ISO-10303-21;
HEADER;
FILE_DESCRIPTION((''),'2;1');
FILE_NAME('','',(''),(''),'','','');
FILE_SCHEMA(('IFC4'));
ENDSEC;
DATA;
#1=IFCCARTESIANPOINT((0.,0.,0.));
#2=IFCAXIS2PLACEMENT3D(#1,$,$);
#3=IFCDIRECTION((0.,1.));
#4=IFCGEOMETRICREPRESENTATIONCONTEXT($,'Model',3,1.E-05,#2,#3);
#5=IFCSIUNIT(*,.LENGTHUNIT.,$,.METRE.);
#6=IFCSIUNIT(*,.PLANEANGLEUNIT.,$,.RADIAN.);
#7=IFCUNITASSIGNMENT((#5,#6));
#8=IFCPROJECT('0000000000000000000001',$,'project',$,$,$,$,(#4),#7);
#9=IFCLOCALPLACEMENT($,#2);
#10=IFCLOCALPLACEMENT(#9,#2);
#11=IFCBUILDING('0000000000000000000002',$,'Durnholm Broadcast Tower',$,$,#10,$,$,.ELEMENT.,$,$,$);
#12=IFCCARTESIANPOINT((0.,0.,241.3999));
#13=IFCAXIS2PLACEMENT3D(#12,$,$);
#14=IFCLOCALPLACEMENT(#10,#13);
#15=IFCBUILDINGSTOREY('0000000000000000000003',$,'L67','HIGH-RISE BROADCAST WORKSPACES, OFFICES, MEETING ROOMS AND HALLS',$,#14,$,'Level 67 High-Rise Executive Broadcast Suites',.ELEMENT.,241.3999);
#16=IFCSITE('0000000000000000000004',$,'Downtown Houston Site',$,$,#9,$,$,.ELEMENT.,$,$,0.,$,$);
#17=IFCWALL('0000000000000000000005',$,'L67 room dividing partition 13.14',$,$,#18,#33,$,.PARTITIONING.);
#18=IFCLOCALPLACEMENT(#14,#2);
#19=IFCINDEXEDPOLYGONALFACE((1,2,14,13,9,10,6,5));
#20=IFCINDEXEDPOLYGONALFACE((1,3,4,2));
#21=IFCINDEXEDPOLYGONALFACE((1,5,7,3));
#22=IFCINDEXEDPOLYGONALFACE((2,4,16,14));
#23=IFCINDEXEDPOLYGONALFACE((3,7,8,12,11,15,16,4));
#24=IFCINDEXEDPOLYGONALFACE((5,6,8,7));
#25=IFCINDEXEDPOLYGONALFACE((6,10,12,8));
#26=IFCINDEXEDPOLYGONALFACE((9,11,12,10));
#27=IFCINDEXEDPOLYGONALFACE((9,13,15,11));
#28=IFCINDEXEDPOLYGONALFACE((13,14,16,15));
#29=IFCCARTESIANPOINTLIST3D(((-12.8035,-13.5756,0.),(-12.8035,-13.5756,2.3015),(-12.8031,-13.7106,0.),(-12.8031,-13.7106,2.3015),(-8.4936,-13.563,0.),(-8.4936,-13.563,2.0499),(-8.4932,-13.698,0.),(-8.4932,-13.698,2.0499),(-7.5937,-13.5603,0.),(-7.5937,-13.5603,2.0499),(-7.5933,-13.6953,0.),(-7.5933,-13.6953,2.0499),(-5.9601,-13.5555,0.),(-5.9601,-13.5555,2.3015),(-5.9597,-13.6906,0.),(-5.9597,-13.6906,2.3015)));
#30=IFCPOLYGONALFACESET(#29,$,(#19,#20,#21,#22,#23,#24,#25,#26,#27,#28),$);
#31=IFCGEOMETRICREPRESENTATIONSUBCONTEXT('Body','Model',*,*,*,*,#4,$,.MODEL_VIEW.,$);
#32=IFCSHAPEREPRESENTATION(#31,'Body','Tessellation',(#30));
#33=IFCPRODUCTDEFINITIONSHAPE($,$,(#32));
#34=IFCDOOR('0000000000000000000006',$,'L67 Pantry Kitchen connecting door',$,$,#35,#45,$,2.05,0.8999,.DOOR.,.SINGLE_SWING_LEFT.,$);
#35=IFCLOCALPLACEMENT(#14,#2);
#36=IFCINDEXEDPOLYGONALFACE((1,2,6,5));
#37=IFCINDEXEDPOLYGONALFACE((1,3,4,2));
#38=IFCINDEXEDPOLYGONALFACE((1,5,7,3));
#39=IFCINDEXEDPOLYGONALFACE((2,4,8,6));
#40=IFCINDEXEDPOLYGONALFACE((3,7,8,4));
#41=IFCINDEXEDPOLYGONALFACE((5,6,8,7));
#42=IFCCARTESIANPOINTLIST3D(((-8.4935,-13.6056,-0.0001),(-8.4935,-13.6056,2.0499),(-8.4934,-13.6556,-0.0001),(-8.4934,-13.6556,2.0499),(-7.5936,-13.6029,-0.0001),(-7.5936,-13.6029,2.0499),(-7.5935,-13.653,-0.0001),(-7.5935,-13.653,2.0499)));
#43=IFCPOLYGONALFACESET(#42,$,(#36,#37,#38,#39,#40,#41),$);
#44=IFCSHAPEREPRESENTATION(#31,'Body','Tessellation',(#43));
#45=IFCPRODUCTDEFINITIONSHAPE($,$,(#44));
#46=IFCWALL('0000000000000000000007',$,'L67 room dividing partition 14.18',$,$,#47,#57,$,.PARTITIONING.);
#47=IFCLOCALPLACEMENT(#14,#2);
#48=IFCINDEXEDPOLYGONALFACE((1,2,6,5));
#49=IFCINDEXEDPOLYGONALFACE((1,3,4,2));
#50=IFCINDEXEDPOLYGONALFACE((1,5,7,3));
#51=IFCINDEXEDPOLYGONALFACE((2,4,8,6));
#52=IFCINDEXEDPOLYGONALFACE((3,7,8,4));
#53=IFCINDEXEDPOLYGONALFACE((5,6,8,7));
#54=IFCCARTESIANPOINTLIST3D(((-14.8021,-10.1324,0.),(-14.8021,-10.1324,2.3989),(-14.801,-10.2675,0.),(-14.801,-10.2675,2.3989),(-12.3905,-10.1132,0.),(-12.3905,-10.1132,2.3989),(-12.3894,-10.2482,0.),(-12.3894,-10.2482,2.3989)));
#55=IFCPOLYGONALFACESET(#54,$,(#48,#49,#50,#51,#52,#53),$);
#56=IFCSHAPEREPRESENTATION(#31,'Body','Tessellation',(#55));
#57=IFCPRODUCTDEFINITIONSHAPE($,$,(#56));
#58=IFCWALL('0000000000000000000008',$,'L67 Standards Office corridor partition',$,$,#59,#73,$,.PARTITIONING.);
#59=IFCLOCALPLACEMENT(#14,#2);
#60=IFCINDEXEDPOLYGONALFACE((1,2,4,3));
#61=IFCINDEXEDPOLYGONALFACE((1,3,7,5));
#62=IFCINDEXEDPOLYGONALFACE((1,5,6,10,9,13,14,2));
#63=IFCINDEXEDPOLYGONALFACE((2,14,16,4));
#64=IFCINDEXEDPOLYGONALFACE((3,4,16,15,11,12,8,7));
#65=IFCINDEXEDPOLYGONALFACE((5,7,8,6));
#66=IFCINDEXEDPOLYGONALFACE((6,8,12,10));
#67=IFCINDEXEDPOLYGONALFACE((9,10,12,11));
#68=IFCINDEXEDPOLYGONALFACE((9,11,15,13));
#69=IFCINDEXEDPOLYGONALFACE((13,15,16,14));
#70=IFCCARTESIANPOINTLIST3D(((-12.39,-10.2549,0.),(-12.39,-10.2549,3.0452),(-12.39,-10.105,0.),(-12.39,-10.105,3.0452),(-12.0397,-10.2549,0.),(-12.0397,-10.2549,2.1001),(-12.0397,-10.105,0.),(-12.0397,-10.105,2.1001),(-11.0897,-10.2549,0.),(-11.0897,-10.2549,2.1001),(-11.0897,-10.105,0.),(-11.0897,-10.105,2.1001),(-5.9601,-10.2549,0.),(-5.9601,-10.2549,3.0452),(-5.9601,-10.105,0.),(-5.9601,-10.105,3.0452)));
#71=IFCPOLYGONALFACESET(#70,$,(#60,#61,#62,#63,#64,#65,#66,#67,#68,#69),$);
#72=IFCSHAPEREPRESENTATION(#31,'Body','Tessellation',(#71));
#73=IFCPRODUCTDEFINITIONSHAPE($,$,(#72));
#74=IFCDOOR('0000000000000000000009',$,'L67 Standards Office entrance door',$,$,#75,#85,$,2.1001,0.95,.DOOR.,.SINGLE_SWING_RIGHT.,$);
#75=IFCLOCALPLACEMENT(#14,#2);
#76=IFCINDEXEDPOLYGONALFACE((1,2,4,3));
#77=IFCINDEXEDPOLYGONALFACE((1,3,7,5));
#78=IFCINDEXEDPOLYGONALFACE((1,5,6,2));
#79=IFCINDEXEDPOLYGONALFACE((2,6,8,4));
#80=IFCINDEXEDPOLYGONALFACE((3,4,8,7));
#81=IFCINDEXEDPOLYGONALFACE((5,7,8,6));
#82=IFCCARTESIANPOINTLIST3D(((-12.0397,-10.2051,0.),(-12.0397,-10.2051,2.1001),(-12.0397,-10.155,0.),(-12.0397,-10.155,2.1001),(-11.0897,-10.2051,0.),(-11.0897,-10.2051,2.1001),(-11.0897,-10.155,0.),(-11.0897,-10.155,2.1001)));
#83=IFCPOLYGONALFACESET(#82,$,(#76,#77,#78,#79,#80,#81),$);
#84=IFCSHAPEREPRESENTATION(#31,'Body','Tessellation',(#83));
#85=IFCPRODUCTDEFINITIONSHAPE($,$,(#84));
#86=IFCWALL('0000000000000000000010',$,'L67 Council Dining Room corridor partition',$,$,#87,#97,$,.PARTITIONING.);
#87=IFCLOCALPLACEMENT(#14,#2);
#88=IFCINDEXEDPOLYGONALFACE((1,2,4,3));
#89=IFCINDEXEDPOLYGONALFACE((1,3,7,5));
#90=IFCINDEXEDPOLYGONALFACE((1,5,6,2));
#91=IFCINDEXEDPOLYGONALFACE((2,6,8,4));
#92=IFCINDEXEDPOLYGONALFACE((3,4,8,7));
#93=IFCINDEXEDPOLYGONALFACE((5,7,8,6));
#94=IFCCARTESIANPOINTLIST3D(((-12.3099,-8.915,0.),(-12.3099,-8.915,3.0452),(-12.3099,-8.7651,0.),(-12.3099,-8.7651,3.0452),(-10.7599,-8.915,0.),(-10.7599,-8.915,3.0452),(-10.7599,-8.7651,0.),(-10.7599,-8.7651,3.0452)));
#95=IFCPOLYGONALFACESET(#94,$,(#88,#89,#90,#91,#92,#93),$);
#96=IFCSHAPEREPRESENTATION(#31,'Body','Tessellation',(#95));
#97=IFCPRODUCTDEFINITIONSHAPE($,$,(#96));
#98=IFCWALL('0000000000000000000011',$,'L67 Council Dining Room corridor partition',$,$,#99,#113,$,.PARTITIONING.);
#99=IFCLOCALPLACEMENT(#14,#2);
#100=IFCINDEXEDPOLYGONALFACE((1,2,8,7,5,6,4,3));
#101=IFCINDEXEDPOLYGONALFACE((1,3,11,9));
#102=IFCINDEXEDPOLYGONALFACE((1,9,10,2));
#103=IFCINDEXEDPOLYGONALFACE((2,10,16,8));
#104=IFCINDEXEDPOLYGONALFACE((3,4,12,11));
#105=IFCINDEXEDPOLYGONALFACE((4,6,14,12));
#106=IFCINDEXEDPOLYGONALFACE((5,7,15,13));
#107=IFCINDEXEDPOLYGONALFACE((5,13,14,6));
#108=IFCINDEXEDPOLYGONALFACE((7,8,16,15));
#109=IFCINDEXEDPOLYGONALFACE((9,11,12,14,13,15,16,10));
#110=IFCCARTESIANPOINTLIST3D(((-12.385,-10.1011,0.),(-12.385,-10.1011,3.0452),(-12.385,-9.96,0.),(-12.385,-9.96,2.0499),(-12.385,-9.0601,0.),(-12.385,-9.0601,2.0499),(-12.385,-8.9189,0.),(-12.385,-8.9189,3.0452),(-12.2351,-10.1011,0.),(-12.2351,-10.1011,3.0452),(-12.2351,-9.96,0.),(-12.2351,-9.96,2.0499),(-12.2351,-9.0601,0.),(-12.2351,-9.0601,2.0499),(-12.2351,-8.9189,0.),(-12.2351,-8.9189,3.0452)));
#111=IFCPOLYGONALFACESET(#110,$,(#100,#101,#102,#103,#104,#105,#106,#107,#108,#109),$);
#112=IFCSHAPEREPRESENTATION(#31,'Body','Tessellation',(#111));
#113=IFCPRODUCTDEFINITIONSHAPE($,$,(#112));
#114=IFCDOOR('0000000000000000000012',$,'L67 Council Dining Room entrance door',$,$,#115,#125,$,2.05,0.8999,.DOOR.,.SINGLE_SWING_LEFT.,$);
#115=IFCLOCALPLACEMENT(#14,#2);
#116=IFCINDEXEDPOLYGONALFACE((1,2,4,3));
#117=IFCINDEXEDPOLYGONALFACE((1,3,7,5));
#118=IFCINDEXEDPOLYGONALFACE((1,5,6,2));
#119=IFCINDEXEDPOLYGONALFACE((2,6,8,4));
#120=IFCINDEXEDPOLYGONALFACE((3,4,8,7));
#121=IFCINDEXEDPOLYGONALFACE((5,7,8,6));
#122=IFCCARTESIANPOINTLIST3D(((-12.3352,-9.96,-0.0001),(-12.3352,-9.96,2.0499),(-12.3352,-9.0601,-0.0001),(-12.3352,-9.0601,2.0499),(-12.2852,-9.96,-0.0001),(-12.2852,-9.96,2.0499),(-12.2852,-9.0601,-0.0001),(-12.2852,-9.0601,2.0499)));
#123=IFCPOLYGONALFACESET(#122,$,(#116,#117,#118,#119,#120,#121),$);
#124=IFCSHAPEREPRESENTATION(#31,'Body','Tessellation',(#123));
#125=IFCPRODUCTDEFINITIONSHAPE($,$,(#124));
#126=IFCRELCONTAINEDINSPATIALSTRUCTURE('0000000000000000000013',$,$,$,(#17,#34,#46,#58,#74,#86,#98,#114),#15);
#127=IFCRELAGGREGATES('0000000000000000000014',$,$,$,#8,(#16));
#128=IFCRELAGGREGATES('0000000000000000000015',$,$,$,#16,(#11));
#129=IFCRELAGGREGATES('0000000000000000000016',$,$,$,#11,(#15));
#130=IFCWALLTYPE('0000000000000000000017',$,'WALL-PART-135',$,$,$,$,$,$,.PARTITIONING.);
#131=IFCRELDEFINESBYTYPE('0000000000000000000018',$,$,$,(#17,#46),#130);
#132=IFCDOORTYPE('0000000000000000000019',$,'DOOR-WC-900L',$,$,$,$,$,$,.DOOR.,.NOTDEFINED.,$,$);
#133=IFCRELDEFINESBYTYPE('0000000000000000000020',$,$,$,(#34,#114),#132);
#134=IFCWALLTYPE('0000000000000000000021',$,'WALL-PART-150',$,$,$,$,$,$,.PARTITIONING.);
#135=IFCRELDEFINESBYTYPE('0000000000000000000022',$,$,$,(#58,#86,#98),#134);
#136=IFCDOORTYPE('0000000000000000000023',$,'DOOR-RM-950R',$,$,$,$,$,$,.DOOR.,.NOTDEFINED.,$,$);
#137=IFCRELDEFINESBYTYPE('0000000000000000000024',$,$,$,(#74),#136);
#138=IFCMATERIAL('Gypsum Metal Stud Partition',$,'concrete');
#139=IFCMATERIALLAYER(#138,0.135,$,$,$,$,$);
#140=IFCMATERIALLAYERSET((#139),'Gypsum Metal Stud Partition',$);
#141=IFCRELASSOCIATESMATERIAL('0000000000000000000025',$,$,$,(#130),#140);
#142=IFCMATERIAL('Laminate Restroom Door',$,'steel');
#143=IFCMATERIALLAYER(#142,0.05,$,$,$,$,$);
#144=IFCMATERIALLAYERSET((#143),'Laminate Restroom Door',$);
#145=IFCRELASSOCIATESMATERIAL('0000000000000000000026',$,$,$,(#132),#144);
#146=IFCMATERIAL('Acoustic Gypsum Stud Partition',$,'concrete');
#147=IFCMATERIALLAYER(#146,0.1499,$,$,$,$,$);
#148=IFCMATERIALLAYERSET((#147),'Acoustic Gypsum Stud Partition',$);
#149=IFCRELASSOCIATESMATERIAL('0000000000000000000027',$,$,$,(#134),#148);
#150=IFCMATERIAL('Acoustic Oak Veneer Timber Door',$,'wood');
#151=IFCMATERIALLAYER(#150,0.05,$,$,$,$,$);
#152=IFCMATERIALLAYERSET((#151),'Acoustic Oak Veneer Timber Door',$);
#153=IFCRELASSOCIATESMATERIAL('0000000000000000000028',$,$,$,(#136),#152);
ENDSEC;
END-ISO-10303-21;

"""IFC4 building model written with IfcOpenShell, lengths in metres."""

from ifc_helpers import new_model, si_unit, direction, frame, frame_2d, origin, place, context, subcontext, project, spatial, rectangle, extrude, source, transform, mapped, material, layer, layer_set, type_object, type_shapes, element, fill, save


model = new_model("IFC4")

# Units and contexts
model_context = context("Model", 3, precision=1e-05, world=origin(), true_north=direction((0.0, 1.0)))
body_context = subcontext(model_context, "Body", "Model", "MODEL_VIEW")
ifc_project = project(units=[si_unit("LENGTHUNIT", "METRE"), si_unit("PLANEANGLEUNIT", "RADIAN")], contexts=[model_context])

# Site, building, storey
site_placement = place(None, origin())
site = spatial("IfcSite", under=ifc_project, at=site_placement, Name="Downtown Houston Site", CompositionType="ELEMENT", RefElevation=0.0)
building_placement = place(site_placement, origin())
building = spatial("IfcBuilding", under=site, at=building_placement, Name="Durnholm Broadcast Tower", CompositionType="ELEMENT")
storey_placement = place(building_placement, frame((0.0, 0.0, 241.3999)))
storey = spatial("IfcBuildingStorey", under=building, at=storey_placement, Name="L67", Description="HIGH-RISE BROADCAST WORKSPACES, OFFICES, MEETING ROOMS AND HALLS", LongName="Level 67 High-Rise Executive Broadcast Suites", CompositionType="ELEMENT", Elevation=241.3999)

# Wall, opening, door
ifc_material_1 = material(Name="Gypsum Metal Stud Partition", Category="concrete")
ifc_layer_1 = layer(ifc_material_1, 0.135)
ifc_layer_set_1 = layer_set([ifc_layer_1], Name="Gypsum Metal Stud Partition")
wall_type_1 = type_object("IfcWallType", Name="WALL-PART-135", PredefinedType="PARTITIONING", material=ifc_layer_set_1)
wall_1_placement = place(storey_placement, frame((-12.8035, -13.6431, 0.0), z_axis=(0.0, 0.0, 1.0), x_axis=(0.999996, 0.002925, 0.0)))
wall_1 = element("IfcWall", 1, at=wall_1_placement, inside=storey, type_object=wall_type_1, Name="L67 room dividing partition 13.14", PredefinedType="PARTITIONING", context=body_context, shape_type="SweptSolid", body=[
    extrude(rectangle(XDim=6.8435, YDim=0.135, at=frame_2d((3.4219, 0.0))), origin(), (0.0, 0.0, 1.0), 2.3015),
])
opening_1_placement = place(wall_1_placement, frame((4.3101, 0.0, 0.0)))
opening_1 = element("IfcOpeningElement", 2, at=opening_1_placement, cuts=wall_1, PredefinedType="OPENING", context=body_context, shape_type="SweptSolid", body=[
    extrude(rectangle(XDim=0.8999, YDim=2.05, at=frame_2d((0.45, 1.0249))), frame((0.0, 0.0776, 0.0), z_axis=(0.0, -1.0, 0.0), x_axis=(1.0, 0.0, 0.0)), (0.0, 0.0, 1.0), 0.155),
])
ifc_material_2 = material(Name="Laminate Restroom Door", Category="steel")
ifc_layer_2 = layer(ifc_material_2, 0.05)
ifc_layer_set_2 = layer_set([ifc_layer_2], Name="Laminate Restroom Door")
door_type_1 = type_object("IfcDoorType", Name="DOOR-WC-900L", OperationType="NOTDEFINED", PredefinedType="DOOR", material=ifc_layer_set_2)
shared_shape_1 = source(origin(), body_context, "Body", "SweptSolid", [
    extrude(rectangle(XDim=0.8999, YDim=2.05, at=frame_2d((0.45, 1.0249))), frame((0.0, 0.0249, 0.0), z_axis=(0.0, -1.0, 0.0), x_axis=(1.0, 0.0, 0.0)), (0.0, 0.0, 1.0), 0.05),
])
type_shapes(door_type_1, [shared_shape_1])
door_1_placement = place(opening_1_placement, origin())
door_1 = element("IfcDoor", 3, at=door_1_placement, inside=storey, type_object=door_type_1, Name="L67 Pantry Kitchen connecting door", OperationType="SINGLE_SWING_LEFT", OverallHeight=2.05, OverallWidth=0.8999, PredefinedType="DOOR", context=body_context, shape_type="MappedRepresentation", body=[
    mapped(shared_shape_1, transform((0.0, 0.0, 0.0), x_axis=(1.0, 0.0, 0.0), y_axis=(0.0, 1.0, 0.0), z_axis=(0.0, 0.0, 1.0), scale=1.0)),
])
fill(opening_1, door_1)

# Wall
wall_2_placement = place(storey_placement, frame((-14.8015, -10.2, 0.0), z_axis=(0.0, 0.0, 1.0), x_axis=(0.999968, 0.007997, 0.0)))
element("IfcWall", 4, at=wall_2_placement, inside=storey, type_object=wall_type_1, Name="L67 room dividing partition 14.18", PredefinedType="PARTITIONING", context=body_context, shape_type="SweptSolid", body=[
    extrude(rectangle(XDim=2.4116, YDim=0.135, at=frame_2d((1.2058, 0.0))), origin(), (0.0, 0.0, 1.0), 2.3989),
])

# Wall, opening, door
ifc_material_3 = material(Name="Acoustic Gypsum Stud Partition", Category="concrete")
ifc_layer_3 = layer(ifc_material_3, 0.1499)
ifc_layer_set_3 = layer_set([ifc_layer_3], Name="Acoustic Gypsum Stud Partition")
wall_type_2 = type_object("IfcWallType", Name="WALL-PART-150", PredefinedType="PARTITIONING", material=ifc_layer_set_3)
wall_3_placement = place(storey_placement, frame((-12.3899, -10.1799, 0.0), z_axis=(0.0, 0.0, 1.0), x_axis=(1.0, 0.0, 0.0)))
wall_3 = element("IfcWall", 5, at=wall_3_placement, inside=storey, type_object=wall_type_2, Name="L67 Standards Office corridor partition", PredefinedType="PARTITIONING", context=body_context, shape_type="SweptSolid", body=[
    extrude(rectangle(XDim=6.4299, YDim=0.1499, at=frame_2d((3.2148, 0.0))), origin(), (0.0, 0.0, 1.0), 3.0452),
])
opening_2_placement = place(wall_3_placement, frame((0.3501, 0.0, 0.0)))
opening_2 = element("IfcOpeningElement", 6, at=opening_2_placement, cuts=wall_3, PredefinedType="OPENING", context=body_context, shape_type="SweptSolid", body=[
    extrude(rectangle(XDim=0.95, YDim=2.1001, at=frame_2d((0.4751, 1.05))), frame((0.0, 0.085, 0.0), z_axis=(0.0, -1.0, 0.0), x_axis=(1.0, 0.0, 0.0)), (0.0, 0.0, 1.0), 0.1699),
])
ifc_material_4 = material(Name="Acoustic Oak Veneer Timber Door", Category="wood")
ifc_layer_4 = layer(ifc_material_4, 0.05)
ifc_layer_set_4 = layer_set([ifc_layer_4], Name="Acoustic Oak Veneer Timber Door")
door_type_2 = type_object("IfcDoorType", Name="DOOR-RM-950R", OperationType="NOTDEFINED", PredefinedType="DOOR", material=ifc_layer_set_4)
shared_shape_2 = source(origin(), body_context, "Body", "SweptSolid", [
    extrude(rectangle(XDim=0.95, YDim=2.1001, at=frame_2d((0.4751, 1.05))), frame((0.0, 0.0249, 0.0), z_axis=(0.0, -1.0, 0.0), x_axis=(1.0, 0.0, 0.0)), (0.0, 0.0, 1.0), 0.05),
])
type_shapes(door_type_2, [shared_shape_2])
door_2_placement = place(opening_2_placement, origin())
door_2 = element("IfcDoor", 7, at=door_2_placement, inside=storey, type_object=door_type_2, Name="L67 Standards Office entrance door", OperationType="SINGLE_SWING_RIGHT", OverallHeight=2.1001, OverallWidth=0.95, PredefinedType="DOOR", context=body_context, shape_type="MappedRepresentation", body=[
    mapped(shared_shape_2, transform((0.0, 0.0, 0.0), x_axis=(1.0, 0.0, 0.0), y_axis=(0.0, 1.0, 0.0), z_axis=(0.0, 0.0, 1.0), scale=1.0)),
])
fill(opening_2, door_2)

# Wall
wall_4_placement = place(storey_placement, frame((-10.76, -8.8401, 0.0), z_axis=(0.0, 0.0, 1.0), x_axis=(-1.0, 0.0, 0.0)))
element("IfcWall", 8, at=wall_4_placement, inside=storey, type_object=wall_type_2, Name="L67 Council Dining Room corridor partition", PredefinedType="PARTITIONING", context=body_context, shape_type="SweptSolid", body=[
    extrude(rectangle(XDim=1.55, YDim=0.1499, at=frame_2d((0.7749, 0.0))), origin(), (0.0, 0.0, 1.0), 3.0452),
])

# Wall, opening, door
wall_5_placement = place(storey_placement, frame((-12.3101, -8.9189, 0.0), z_axis=(0.0, 0.0, 1.0), x_axis=(0.0, -1.0, 0.0)))
wall_5 = element("IfcWall", 9, at=wall_5_placement, inside=storey, type_object=wall_type_2, Name="L67 Council Dining Room corridor partition", PredefinedType="PARTITIONING", context=body_context, shape_type="SweptSolid", body=[
    extrude(rectangle(XDim=1.1821, YDim=0.1499, at=frame_2d((0.5911, 0.0))), origin(), (0.0, 0.0, 1.0), 3.0452),
])
opening_3_placement = place(wall_5_placement, frame((0.1411, 0.0, 0.0)))
opening_3 = element("IfcOpeningElement", 10, at=opening_3_placement, cuts=wall_5, PredefinedType="OPENING", context=body_context, shape_type="SweptSolid", body=[
    extrude(rectangle(XDim=0.8999, YDim=2.05, at=frame_2d((0.45, 1.0249))), frame((0.0, 0.085, 0.0), z_axis=(0.0, -1.0, 0.0), x_axis=(1.0, 0.0, 0.0)), (0.0, 0.0, 1.0), 0.1699),
])
door_3_placement = place(opening_3_placement, origin())
door_3 = element("IfcDoor", 11, at=door_3_placement, inside=storey, type_object=door_type_1, Name="L67 Council Dining Room entrance door", OperationType="SINGLE_SWING_LEFT", OverallHeight=2.05, OverallWidth=0.8999, PredefinedType="DOOR", context=body_context, shape_type="MappedRepresentation", body=[
    mapped(shared_shape_1, transform((0.0, 0.0, 0.0), x_axis=(1.0, 0.0, 0.0), y_axis=(0.0, 1.0, 0.0), z_axis=(0.0, 0.0, 1.0), scale=1.0)),
])
fill(opening_3, door_3)

save(model, "model.ifc")
